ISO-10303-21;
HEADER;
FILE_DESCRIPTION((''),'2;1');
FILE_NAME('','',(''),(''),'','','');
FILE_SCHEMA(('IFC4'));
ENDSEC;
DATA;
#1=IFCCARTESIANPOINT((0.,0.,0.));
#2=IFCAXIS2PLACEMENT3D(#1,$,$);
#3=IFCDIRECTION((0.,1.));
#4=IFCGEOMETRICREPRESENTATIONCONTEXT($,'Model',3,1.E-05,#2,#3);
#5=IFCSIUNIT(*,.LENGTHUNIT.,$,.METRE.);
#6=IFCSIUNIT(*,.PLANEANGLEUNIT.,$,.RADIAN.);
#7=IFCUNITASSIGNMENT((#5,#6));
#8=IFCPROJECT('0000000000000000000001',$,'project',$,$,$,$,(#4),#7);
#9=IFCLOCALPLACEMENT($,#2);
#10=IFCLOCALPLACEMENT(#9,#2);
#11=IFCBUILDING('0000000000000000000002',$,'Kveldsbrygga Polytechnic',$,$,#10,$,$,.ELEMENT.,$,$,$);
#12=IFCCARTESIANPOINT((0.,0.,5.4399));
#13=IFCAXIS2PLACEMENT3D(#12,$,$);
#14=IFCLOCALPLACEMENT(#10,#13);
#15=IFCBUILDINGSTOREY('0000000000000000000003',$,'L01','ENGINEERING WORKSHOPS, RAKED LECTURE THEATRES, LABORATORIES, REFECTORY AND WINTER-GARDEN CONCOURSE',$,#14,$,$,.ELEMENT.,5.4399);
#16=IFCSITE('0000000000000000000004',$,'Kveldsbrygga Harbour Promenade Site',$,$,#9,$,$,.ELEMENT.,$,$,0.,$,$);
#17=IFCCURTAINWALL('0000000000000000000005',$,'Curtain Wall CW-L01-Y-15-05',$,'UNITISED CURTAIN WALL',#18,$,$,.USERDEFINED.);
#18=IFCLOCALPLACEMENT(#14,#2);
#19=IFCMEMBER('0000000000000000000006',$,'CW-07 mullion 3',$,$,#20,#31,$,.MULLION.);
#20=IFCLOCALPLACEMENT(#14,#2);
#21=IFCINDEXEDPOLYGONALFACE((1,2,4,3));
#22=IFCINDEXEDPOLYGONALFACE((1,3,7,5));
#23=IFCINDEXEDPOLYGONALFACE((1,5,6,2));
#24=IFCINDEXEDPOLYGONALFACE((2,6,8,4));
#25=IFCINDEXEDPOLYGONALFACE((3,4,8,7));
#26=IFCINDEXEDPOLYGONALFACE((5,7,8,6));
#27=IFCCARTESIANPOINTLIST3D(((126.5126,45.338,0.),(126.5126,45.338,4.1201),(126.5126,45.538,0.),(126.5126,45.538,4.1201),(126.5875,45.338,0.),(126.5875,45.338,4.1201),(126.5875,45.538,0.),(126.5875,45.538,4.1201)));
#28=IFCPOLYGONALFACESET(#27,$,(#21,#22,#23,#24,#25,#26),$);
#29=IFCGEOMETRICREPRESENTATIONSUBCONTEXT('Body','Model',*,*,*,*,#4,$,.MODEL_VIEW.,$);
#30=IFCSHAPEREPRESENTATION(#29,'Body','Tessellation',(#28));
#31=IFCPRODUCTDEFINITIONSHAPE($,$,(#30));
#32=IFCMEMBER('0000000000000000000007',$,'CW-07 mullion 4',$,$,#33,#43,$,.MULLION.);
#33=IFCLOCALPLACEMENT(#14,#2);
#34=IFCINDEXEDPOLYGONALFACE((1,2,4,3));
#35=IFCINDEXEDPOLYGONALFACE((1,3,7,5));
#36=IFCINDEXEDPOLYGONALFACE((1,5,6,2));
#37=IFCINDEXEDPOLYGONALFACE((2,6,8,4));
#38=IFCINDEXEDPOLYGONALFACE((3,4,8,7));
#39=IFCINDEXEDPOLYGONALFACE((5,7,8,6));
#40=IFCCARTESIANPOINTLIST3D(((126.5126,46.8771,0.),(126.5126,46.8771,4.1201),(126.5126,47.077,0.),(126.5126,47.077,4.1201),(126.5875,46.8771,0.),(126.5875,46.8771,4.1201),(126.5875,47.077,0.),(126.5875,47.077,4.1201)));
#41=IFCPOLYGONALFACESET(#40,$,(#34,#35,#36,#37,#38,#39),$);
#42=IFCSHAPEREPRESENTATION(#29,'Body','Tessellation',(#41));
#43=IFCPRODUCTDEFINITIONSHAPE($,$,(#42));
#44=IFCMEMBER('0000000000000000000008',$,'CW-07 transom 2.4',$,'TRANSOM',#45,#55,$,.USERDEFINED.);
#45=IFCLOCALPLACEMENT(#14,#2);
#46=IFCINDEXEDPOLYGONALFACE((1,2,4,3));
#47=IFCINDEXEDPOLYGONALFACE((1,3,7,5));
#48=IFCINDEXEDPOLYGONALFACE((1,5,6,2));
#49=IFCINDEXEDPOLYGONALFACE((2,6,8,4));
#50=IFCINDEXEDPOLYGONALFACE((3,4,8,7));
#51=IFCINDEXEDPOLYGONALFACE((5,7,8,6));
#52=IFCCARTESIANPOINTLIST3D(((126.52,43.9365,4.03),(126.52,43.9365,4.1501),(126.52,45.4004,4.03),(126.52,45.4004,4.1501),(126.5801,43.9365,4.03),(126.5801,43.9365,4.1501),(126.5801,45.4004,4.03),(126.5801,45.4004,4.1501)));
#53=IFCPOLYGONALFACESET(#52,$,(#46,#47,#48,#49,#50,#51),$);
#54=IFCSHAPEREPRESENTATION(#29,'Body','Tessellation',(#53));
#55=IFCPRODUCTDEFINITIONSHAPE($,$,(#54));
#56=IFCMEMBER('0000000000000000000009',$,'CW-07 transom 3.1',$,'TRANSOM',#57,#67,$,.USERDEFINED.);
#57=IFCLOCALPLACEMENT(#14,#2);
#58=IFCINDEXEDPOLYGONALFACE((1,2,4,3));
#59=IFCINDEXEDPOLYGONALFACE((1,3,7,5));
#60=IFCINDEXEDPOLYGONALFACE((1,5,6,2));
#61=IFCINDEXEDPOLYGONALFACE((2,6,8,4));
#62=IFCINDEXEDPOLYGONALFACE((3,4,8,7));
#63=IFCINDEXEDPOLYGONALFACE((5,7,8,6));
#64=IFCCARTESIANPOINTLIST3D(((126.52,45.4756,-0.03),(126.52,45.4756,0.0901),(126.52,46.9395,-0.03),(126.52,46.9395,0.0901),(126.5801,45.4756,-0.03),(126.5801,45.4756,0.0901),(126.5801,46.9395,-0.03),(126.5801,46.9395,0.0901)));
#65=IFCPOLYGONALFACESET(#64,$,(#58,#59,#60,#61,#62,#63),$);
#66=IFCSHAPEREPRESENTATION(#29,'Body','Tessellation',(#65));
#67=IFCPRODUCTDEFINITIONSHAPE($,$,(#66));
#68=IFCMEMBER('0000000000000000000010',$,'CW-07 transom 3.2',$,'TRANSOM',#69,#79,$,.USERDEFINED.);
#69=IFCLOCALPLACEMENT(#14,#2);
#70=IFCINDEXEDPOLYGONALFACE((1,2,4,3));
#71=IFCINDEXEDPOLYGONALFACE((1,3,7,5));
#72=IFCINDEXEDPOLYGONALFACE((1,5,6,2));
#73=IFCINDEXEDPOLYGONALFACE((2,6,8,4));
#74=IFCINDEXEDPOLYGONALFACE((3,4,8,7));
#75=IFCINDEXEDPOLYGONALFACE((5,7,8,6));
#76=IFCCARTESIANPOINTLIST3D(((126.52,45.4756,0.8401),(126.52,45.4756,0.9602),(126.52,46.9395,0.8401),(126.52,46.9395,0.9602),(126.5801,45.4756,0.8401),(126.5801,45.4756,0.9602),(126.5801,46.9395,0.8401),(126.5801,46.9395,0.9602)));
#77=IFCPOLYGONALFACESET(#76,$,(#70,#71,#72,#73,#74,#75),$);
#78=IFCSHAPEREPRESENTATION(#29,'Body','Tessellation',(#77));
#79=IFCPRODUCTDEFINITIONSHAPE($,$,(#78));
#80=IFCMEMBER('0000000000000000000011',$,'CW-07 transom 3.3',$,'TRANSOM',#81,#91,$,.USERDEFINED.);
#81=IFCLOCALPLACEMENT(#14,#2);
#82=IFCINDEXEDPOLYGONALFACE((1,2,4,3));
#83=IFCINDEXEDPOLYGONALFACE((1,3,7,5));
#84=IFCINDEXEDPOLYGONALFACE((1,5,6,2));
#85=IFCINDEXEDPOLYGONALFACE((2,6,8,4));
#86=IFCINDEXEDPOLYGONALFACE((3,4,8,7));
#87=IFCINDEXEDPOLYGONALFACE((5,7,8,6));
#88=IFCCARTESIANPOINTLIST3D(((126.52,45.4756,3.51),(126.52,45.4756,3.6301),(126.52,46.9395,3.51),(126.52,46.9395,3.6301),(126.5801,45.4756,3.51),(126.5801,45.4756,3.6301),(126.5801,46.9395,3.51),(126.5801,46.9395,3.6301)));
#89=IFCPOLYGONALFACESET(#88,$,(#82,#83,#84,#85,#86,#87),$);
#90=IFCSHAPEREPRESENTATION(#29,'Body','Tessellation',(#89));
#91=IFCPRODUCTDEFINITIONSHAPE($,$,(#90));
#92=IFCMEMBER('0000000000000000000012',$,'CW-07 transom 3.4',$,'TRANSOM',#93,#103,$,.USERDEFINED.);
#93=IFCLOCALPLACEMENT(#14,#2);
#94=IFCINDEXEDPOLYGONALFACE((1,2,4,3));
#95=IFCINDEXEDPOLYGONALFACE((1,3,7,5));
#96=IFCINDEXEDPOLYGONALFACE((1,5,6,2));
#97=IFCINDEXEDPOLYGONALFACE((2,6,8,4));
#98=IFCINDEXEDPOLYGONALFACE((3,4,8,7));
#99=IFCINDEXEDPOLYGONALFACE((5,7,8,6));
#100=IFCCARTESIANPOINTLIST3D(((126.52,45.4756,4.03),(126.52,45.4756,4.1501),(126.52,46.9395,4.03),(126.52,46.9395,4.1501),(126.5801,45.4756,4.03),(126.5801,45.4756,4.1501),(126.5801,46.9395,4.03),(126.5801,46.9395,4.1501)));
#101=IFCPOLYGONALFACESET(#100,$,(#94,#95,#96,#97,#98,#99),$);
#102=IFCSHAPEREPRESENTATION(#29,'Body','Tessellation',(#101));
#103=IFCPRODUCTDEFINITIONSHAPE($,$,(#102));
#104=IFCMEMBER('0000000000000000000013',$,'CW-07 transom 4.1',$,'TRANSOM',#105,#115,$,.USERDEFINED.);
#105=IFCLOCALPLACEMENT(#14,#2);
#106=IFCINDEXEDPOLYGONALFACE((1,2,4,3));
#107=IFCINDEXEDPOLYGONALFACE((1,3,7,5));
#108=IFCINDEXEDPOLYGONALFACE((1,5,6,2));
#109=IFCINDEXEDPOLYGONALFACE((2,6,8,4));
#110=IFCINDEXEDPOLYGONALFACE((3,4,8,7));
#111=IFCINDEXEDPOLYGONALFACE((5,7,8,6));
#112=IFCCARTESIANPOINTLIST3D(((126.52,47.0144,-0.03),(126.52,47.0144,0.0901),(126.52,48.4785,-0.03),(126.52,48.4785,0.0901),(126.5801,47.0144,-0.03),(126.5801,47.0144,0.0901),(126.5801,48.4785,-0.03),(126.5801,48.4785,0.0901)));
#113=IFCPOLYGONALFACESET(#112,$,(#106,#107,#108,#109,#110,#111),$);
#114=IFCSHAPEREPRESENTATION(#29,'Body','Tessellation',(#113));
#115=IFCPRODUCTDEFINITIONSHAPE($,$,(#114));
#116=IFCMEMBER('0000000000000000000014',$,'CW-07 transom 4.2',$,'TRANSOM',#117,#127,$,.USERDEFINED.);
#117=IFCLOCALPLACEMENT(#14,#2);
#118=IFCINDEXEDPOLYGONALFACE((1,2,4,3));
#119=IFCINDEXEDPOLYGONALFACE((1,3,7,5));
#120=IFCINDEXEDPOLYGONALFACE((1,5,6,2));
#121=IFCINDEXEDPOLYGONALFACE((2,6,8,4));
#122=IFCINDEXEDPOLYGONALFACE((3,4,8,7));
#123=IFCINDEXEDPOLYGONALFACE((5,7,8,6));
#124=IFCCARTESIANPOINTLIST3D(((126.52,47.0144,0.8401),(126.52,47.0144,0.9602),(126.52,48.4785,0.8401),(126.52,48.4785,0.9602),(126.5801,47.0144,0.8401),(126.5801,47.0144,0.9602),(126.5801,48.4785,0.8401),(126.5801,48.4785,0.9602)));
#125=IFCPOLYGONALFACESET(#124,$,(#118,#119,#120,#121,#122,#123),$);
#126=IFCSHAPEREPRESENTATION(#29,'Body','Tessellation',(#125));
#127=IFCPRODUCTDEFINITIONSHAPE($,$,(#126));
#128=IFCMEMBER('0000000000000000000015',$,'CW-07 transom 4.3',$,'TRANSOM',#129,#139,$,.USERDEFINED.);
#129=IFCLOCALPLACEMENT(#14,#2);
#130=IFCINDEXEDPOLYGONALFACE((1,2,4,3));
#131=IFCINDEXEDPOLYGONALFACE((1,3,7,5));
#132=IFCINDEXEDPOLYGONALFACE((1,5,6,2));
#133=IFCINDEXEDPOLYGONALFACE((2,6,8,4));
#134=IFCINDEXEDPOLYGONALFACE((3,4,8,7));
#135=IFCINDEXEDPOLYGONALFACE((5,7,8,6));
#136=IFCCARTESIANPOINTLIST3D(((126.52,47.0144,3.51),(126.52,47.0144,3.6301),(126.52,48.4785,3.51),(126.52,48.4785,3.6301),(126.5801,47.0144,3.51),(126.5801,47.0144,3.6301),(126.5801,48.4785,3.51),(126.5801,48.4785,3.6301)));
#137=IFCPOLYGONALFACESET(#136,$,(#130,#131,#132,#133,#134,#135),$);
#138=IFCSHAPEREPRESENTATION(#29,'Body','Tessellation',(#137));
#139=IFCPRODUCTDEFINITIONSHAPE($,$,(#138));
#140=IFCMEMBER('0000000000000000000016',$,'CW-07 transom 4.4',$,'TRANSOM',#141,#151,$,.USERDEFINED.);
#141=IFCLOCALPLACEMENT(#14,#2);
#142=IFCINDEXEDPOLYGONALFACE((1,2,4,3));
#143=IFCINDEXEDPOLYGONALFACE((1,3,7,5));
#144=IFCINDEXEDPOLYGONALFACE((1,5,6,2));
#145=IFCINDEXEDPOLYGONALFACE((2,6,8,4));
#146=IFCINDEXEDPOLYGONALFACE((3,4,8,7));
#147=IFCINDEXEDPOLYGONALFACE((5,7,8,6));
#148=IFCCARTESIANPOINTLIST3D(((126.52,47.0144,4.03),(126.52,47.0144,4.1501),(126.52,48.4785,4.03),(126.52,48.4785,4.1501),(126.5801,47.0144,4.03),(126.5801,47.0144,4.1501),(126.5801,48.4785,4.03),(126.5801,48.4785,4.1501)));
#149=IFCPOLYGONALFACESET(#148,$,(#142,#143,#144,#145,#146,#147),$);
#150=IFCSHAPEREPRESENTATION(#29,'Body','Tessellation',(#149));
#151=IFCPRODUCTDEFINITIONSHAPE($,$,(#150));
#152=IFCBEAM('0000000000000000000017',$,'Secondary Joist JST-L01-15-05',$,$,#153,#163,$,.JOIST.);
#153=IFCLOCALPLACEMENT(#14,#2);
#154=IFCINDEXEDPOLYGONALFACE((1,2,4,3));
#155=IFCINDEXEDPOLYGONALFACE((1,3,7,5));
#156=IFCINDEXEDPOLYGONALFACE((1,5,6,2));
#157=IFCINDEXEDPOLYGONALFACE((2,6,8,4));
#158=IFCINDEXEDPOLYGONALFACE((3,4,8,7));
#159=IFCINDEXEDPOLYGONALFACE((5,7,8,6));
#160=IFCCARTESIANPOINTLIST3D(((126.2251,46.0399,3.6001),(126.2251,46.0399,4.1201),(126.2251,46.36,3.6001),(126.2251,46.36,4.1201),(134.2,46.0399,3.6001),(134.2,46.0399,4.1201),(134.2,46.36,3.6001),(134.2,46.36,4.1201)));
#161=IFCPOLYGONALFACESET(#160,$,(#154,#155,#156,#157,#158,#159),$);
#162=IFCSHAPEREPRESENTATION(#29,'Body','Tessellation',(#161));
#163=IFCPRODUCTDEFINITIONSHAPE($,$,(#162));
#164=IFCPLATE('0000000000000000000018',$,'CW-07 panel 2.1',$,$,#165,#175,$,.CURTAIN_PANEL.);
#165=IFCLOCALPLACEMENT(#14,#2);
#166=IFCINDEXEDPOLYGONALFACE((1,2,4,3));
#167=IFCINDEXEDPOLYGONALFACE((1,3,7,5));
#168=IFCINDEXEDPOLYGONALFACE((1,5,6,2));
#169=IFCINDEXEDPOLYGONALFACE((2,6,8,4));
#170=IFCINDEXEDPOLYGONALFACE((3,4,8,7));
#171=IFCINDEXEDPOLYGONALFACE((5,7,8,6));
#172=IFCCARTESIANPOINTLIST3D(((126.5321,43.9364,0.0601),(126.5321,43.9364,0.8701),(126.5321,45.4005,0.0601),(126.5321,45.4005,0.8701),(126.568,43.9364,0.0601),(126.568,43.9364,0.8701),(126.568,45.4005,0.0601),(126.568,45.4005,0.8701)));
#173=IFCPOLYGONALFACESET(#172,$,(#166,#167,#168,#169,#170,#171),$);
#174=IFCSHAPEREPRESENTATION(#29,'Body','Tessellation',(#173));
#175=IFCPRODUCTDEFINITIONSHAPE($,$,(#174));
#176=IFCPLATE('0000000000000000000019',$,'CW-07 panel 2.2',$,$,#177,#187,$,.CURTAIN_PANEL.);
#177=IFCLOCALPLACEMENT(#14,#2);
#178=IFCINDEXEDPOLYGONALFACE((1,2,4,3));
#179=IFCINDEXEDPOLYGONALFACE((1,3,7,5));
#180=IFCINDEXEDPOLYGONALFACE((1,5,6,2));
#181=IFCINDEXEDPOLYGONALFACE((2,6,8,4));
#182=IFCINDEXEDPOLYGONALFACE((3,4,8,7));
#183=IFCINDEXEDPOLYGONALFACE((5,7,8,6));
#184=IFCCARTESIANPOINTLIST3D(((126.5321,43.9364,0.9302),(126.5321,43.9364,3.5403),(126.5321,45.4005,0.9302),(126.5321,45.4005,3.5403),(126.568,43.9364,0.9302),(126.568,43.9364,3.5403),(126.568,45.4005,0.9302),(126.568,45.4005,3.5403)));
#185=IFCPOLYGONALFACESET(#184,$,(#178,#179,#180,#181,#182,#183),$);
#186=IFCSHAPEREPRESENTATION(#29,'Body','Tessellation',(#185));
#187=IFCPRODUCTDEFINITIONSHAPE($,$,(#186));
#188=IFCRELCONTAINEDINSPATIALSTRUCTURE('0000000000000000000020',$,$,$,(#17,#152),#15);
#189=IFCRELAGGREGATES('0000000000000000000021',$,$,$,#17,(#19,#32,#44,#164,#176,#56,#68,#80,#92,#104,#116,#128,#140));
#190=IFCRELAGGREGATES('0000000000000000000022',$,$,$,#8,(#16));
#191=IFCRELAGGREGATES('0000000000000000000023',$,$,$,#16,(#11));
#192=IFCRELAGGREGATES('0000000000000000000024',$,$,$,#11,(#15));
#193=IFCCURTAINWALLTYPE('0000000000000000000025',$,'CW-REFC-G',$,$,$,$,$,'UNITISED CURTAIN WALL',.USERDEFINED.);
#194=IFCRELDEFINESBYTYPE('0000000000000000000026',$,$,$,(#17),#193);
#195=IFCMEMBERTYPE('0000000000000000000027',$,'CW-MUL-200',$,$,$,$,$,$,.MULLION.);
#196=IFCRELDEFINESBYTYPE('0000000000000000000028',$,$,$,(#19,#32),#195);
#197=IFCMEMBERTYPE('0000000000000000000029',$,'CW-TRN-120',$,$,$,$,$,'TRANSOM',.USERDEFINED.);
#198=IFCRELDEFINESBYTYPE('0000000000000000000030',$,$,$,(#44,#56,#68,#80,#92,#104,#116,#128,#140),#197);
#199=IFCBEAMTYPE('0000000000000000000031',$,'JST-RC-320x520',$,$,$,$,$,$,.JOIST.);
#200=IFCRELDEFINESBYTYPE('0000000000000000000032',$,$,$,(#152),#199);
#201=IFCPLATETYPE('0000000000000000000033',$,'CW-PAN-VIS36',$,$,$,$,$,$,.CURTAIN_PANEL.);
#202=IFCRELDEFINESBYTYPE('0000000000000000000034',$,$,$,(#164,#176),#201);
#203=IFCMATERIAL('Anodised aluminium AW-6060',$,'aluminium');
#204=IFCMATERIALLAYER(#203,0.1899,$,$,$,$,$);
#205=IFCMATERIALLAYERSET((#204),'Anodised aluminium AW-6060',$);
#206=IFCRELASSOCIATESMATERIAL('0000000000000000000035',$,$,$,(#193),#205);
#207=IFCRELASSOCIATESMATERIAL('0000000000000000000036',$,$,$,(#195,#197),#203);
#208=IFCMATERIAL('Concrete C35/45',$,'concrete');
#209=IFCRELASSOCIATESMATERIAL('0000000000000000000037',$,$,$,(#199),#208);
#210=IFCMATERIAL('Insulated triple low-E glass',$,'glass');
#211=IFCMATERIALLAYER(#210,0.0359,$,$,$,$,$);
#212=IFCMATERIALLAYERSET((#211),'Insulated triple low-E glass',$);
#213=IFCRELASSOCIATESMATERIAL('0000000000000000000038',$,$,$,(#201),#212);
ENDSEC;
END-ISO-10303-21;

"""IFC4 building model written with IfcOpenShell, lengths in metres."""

from ifc_helpers import new_model, si_unit, direction, frame, origin, origin_2d, place, context, subcontext, project, spatial, rectangle, extrude, material, layer, layer_set, material_profile, profile_set, type_object, element, aggregate, save


model = new_model("IFC4")

# Units and contexts
model_context = context("Model", 3, precision=1e-05, world=origin(), true_north=direction((0.0, 1.0)))
body_context = subcontext(model_context, "Body", "Model", "MODEL_VIEW")
ifc_project = project(units=[si_unit("LENGTHUNIT", "METRE"), si_unit("PLANEANGLEUNIT", "RADIAN")], contexts=[model_context])

# Site, building, storey
site_placement = place(None, origin())
site = spatial("IfcSite", under=ifc_project, at=site_placement, Name="Kveldsbrygga Harbour Promenade Site", CompositionType="ELEMENT", RefElevation=0.0)
building_placement = place(site_placement, origin())
building = spatial("IfcBuilding", under=site, at=building_placement, Name="Kveldsbrygga Polytechnic", CompositionType="ELEMENT")
storey_placement = place(building_placement, frame((0.0, 0.0, 5.4399)))
storey = spatial("IfcBuildingStorey", under=building, at=storey_placement, Name="L01", Description="ENGINEERING WORKSHOPS, RAKED LECTURE THEATRES, LABORATORIES, REFECTORY AND WINTER-GARDEN CONCOURSE", CompositionType="ELEMENT", Elevation=5.4399)

# Curtain wall, members
ifc_material_1 = material(Name="Anodised aluminium AW-6060", Category="aluminium")
ifc_layer_1 = layer(ifc_material_1, 0.1899)
ifc_layer_set_1 = layer_set([ifc_layer_1], Name="Anodised aluminium AW-6060")
curtain_wall_type = type_object("IfcCurtainWallType", Name="CW-REFC-G", ElementType="UNITISED CURTAIN WALL", PredefinedType="USERDEFINED", material=ifc_layer_set_1)
curtain_wall_placement = place(storey_placement, origin())
curtain_wall = element("IfcCurtainWall", 1, at=curtain_wall_placement, inside=storey, type_object=curtain_wall_type, Name="Curtain Wall CW-L01-Y-15-05", ObjectType="UNITISED CURTAIN WALL", PredefinedType="USERDEFINED")
ifc_material_profile_1 = material_profile(ifc_material_1, rectangle(XDim=0.075, YDim=0.2, at=origin_2d()), Name="ALU 75x200")
ifc_profile_set_1 = profile_set([ifc_material_profile_1], Name="Anodised aluminium AW-6060")
member_type_1 = type_object("IfcMemberType", Name="CW-MUL-200", PredefinedType="MULLION", material=ifc_profile_set_1)
member_1_placement = place(storey_placement, frame((126.55, 45.438, 0.0), z_axis=(0.0, 0.0, 1.0), x_axis=(-1.0, 0.0, 0.0)))
member_1 = element("IfcMember", 2, at=member_1_placement, type_object=member_type_1, Name="CW-07 mullion 3", PredefinedType="MULLION", context=body_context, shape_type="SweptSolid", body=[
    extrude(rectangle(XDim=0.075, YDim=0.2, at=origin_2d()), origin(), (0.0, 0.0, 1.0), 4.1201),
])
member_2_placement = place(storey_placement, frame((126.55, 46.9771, 0.0), z_axis=(0.0, 0.0, 1.0), x_axis=(-1.0, 0.0, 0.0)))
member_2 = element("IfcMember", 3, at=member_2_placement, type_object=member_type_1, Name="CW-07 mullion 4", PredefinedType="MULLION", context=body_context, shape_type="SweptSolid", body=[
    extrude(rectangle(XDim=0.075, YDim=0.2, at=origin_2d()), origin(), (0.0, 0.0, 1.0), 4.1201),
])
ifc_material_profile_2 = material_profile(ifc_material_1, rectangle(XDim=0.0601, YDim=0.1201, at=origin_2d()), Name="ALU 60x120")
ifc_profile_set_2 = profile_set([ifc_material_profile_2], Name="Anodised aluminium AW-6060")
member_type_2 = type_object("IfcMemberType", Name="CW-TRN-120", ElementType="TRANSOM", PredefinedType="USERDEFINED", material=ifc_profile_set_2)
member_3_placement = place(storey_placement, frame((126.55, 43.9365, 4.0901), z_axis=(0.0, 1.0, 0.0), x_axis=(-1.0, 0.0, 0.0)))
member_3 = element("IfcMember", 4, at=member_3_placement, type_object=member_type_2, Name="CW-07 transom 2.4", ObjectType="TRANSOM", PredefinedType="USERDEFINED", context=body_context, shape_type="SweptSolid", body=[
    extrude(rectangle(XDim=0.0601, YDim=0.1201, at=origin_2d()), origin(), (0.0, 0.0, 1.0), 1.4639),
])
member_4_placement = place(storey_placement, frame((126.55, 45.4756, 0.03), z_axis=(0.0, 1.0, 0.0), x_axis=(-1.0, 0.0, 0.0)))
member_4 = element("IfcMember", 5, at=member_4_placement, type_object=member_type_2, Name="CW-07 transom 3.1", ObjectType="TRANSOM", PredefinedType="USERDEFINED", context=body_context, shape_type="SweptSolid", body=[
    extrude(rectangle(XDim=0.0601, YDim=0.1201, at=origin_2d()), origin(), (0.0, 0.0, 1.0), 1.4639),
])
member_5_placement = place(storey_placement, frame((126.55, 45.4756, 0.9001), z_axis=(0.0, 1.0, 0.0), x_axis=(-1.0, 0.0, 0.0)))
member_5 = element("IfcMember", 6, at=member_5_placement, type_object=member_type_2, Name="CW-07 transom 3.2", ObjectType="TRANSOM", PredefinedType="USERDEFINED", context=body_context, shape_type="SweptSolid", body=[
    extrude(rectangle(XDim=0.0601, YDim=0.1201, at=origin_2d()), origin(), (0.0, 0.0, 1.0), 1.4639),
])
member_6_placement = place(storey_placement, frame((126.55, 45.4756, 3.5701), z_axis=(0.0, 1.0, 0.0), x_axis=(-1.0, 0.0, 0.0)))
member_6 = element("IfcMember", 7, at=member_6_placement, type_object=member_type_2, Name="CW-07 transom 3.3", ObjectType="TRANSOM", PredefinedType="USERDEFINED", context=body_context, shape_type="SweptSolid", body=[
    extrude(rectangle(XDim=0.0601, YDim=0.1201, at=origin_2d()), origin(), (0.0, 0.0, 1.0), 1.4639),
])
member_7_placement = place(storey_placement, frame((126.55, 45.4756, 4.0901), z_axis=(0.0, 1.0, 0.0), x_axis=(-1.0, 0.0, 0.0)))
member_7 = element("IfcMember", 8, at=member_7_placement, type_object=member_type_2, Name="CW-07 transom 3.4", ObjectType="TRANSOM", PredefinedType="USERDEFINED", context=body_context, shape_type="SweptSolid", body=[
    extrude(rectangle(XDim=0.0601, YDim=0.1201, at=origin_2d()), origin(), (0.0, 0.0, 1.0), 1.4639),
])
member_8_placement = place(storey_placement, frame((126.55, 47.0144, 0.03), z_axis=(0.0, 1.0, 0.0), x_axis=(-1.0, 0.0, 0.0)))
member_8 = element("IfcMember", 9, at=member_8_placement, type_object=member_type_2, Name="CW-07 transom 4.1", ObjectType="TRANSOM", PredefinedType="USERDEFINED", context=body_context, shape_type="SweptSolid", body=[
    extrude(rectangle(XDim=0.0601, YDim=0.1201, at=origin_2d()), origin(), (0.0, 0.0, 1.0), 1.4641),
])
member_9_placement = place(storey_placement, frame((126.55, 47.0144, 0.9001), z_axis=(0.0, 1.0, 0.0), x_axis=(-1.0, 0.0, 0.0)))
member_9 = element("IfcMember", 10, at=member_9_placement, type_object=member_type_2, Name="CW-07 transom 4.2", ObjectType="TRANSOM", PredefinedType="USERDEFINED", context=body_context, shape_type="SweptSolid", body=[
    extrude(rectangle(XDim=0.0601, YDim=0.1201, at=origin_2d()), origin(), (0.0, 0.0, 1.0), 1.4641),
])
member_10_placement = place(storey_placement, frame((126.55, 47.0144, 3.5701), z_axis=(0.0, 1.0, 0.0), x_axis=(-1.0, 0.0, 0.0)))
member_10 = element("IfcMember", 11, at=member_10_placement, type_object=member_type_2, Name="CW-07 transom 4.3", ObjectType="TRANSOM", PredefinedType="USERDEFINED", context=body_context, shape_type="SweptSolid", body=[
    extrude(rectangle(XDim=0.0601, YDim=0.1201, at=origin_2d()), origin(), (0.0, 0.0, 1.0), 1.4641),
])
member_11_placement = place(storey_placement, frame((126.55, 47.0144, 4.0901), z_axis=(0.0, 1.0, 0.0), x_axis=(-1.0, 0.0, 0.0)))
member_11 = element("IfcMember", 12, at=member_11_placement, type_object=member_type_2, Name="CW-07 transom 4.4", ObjectType="TRANSOM", PredefinedType="USERDEFINED", context=body_context, shape_type="SweptSolid", body=[
    extrude(rectangle(XDim=0.0601, YDim=0.1201, at=origin_2d()), origin(), (0.0, 0.0, 1.0), 1.4641),
])

# Beam
ifc_material_2 = material(Name="Concrete C35/45", Category="concrete")
ifc_material_profile_3 = material_profile(ifc_material_2, rectangle(XDim=0.3201, YDim=0.52, at=origin_2d()), Name="RC 320x520")
ifc_profile_set_3 = profile_set([ifc_material_profile_3], Name="Concrete C35/45")
beam_type = type_object("IfcBeamType", Name="JST-RC-320x520", PredefinedType="JOIST", material=ifc_profile_set_3)
beam_placement = place(storey_placement, frame((126.2251, 46.2, 3.8601), z_axis=(1.0, 0.0, 0.0), x_axis=(0.0, 1.0, 0.0)))
element("IfcBeam", 13, at=beam_placement, inside=storey, type_object=beam_type, Name="Secondary Joist JST-L01-15-05", PredefinedType="JOIST", context=body_context, shape_type="SweptSolid", body=[
    extrude(rectangle(XDim=0.3201, YDim=0.52, at=origin_2d()), origin(), (0.0, 0.0, 1.0), 7.9749),
])

# Plates
ifc_material_3 = material(Name="Insulated triple low-E glass", Category="glass")
ifc_layer_2 = layer(ifc_material_3, 0.0359)
ifc_layer_set_2 = layer_set([ifc_layer_2], Name="Insulated triple low-E glass")
plate_type = type_object("IfcPlateType", Name="CW-PAN-VIS36", PredefinedType="CURTAIN_PANEL", material=ifc_layer_set_2)
plate_1_placement = place(storey_placement, frame((126.55, 44.6685, 0.0601), z_axis=(0.0, 0.0, 1.0), x_axis=(0.0, 1.0, 0.0)))
plate_1 = element("IfcPlate", 14, at=plate_1_placement, type_object=plate_type, Name="CW-07 panel 2.1", PredefinedType="CURTAIN_PANEL", context=body_context, shape_type="SweptSolid", body=[
    extrude(rectangle(XDim=1.4641, YDim=0.0359, at=origin_2d()), origin(), (0.0, 0.0, 1.0), 0.8101),
])
plate_2_placement = place(storey_placement, frame((126.55, 44.6685, 0.9302), z_axis=(0.0, 0.0, 1.0), x_axis=(0.0, 1.0, 0.0)))
plate_2 = element("IfcPlate", 15, at=plate_2_placement, type_object=plate_type, Name="CW-07 panel 2.2", PredefinedType="CURTAIN_PANEL", context=body_context, shape_type="SweptSolid", body=[
    extrude(rectangle(XDim=1.4641, YDim=0.0359, at=origin_2d()), origin(), (0.0, 0.0, 1.0), 2.6101),
])
aggregate(curtain_wall, [member_1, member_2, member_3, plate_1, plate_2, member_4, member_5, member_6, member_7, member_8, member_9, member_10, member_11])

save(model, "model.ifc")
